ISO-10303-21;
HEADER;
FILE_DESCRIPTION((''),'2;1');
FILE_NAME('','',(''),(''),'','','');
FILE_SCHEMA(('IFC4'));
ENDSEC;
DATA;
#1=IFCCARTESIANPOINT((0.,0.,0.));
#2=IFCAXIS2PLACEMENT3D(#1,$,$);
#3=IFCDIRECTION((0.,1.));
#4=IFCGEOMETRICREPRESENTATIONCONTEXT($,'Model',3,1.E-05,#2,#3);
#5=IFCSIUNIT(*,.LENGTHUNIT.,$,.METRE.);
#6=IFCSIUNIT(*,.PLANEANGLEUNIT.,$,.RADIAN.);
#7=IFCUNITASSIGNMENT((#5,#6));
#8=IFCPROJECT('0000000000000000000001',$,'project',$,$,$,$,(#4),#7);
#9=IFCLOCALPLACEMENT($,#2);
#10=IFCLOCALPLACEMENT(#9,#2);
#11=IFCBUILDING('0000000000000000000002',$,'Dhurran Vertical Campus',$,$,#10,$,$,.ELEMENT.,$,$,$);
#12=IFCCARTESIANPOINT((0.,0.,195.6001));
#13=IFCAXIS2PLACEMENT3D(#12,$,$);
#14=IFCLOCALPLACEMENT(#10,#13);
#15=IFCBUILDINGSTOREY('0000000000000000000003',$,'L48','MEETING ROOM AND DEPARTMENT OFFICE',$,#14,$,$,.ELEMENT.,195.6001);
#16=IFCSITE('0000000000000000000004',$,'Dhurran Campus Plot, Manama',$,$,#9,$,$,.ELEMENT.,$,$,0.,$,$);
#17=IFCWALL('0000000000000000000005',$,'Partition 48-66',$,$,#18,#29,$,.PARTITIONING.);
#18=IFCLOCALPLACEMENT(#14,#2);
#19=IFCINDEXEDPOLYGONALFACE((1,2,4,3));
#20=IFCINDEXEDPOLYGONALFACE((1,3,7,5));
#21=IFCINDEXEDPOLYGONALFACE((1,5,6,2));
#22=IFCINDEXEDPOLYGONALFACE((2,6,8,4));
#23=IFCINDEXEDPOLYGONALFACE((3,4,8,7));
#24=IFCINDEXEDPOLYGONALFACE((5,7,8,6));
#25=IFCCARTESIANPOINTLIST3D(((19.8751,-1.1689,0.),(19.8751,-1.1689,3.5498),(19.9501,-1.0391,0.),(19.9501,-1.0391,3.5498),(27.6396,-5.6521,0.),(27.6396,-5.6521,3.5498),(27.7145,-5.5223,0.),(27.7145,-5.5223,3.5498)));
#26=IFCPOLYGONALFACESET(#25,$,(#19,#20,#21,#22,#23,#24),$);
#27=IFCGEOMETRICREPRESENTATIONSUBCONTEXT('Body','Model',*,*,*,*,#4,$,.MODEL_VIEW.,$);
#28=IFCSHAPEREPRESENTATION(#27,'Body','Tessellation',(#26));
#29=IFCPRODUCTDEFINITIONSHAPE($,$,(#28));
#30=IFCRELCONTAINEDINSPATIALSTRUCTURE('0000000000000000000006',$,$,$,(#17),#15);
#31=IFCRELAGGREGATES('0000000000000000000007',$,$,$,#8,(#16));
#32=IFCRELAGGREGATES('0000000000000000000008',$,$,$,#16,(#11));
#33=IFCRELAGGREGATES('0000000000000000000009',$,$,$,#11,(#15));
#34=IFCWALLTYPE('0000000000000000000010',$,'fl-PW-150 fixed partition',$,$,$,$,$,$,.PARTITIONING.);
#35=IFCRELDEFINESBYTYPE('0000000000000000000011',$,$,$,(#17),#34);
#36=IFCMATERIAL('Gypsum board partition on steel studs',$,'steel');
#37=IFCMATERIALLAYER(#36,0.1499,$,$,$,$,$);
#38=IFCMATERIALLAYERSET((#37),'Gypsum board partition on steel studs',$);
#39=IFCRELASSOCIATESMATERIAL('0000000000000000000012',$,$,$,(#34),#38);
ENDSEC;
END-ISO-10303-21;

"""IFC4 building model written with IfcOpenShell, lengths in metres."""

from ifc_helpers import new_model, si_unit, direction, frame, frame_2d, origin, place, context, subcontext, project, spatial, rectangle, extrude, material, layer, layer_set, type_object, element, save


model = new_model("IFC4")

# Units and contexts
model_context = context("Model", 3, precision=1e-05, world=origin(), true_north=direction((0.0, 1.0)))
body_context = subcontext(model_context, "Body", "Model", "MODEL_VIEW")
ifc_project = project(units=[si_unit("LENGTHUNIT", "METRE"), si_unit("PLANEANGLEUNIT", "RADIAN")], contexts=[model_context])

# Site, building, storey
site_placement = place(None, origin())
site = spatial("IfcSite", under=ifc_project, at=site_placement, Name="Dhurran Campus Plot, Manama", CompositionType="ELEMENT", RefElevation=0.0)
building_placement = place(site_placement, origin())
building = spatial("IfcBuilding", under=site, at=building_placement, Name="Dhurran Vertical Campus", CompositionType="ELEMENT")
storey_placement = place(building_placement, frame((0.0, 0.0, 195.6001)))
storey = spatial("IfcBuildingStorey", under=building, at=storey_placement, Name="L48", Description="MEETING ROOM AND DEPARTMENT OFFICE", CompositionType="ELEMENT", Elevation=195.6001)

# Wall
ifc_material_1 = material(Name="Gypsum board partition on steel studs", Category="steel")
ifc_layer_1 = layer(ifc_material_1, 0.1499)
ifc_layer_set_1 = layer_set([ifc_layer_1], Name="Gypsum board partition on steel studs")
wall_type_1 = type_object("IfcWallType", Name="fl-PW-150 fixed partition", PredefinedType="PARTITIONING", material=ifc_layer_set_1)
wall_1_placement = place(storey_placement, frame((19.9126, -1.104, 0.0), z_axis=(0.0, 0.0, 1.0), x_axis=(0.866007, -0.500031, 0.0)))
element("IfcWall", 1, at=wall_1_placement, inside=storey, type_object=wall_type_1, Name="Partition 48-66", PredefinedType="PARTITIONING", context=body_context, shape_type="SweptSolid", body=[
    extrude(rectangle(XDim=8.9658, YDim=0.1499, at=frame_2d((4.4829, 0.0))), origin(), (0.0, 0.0, 1.0), 3.5498),
])

save(model, "model.ifc")
